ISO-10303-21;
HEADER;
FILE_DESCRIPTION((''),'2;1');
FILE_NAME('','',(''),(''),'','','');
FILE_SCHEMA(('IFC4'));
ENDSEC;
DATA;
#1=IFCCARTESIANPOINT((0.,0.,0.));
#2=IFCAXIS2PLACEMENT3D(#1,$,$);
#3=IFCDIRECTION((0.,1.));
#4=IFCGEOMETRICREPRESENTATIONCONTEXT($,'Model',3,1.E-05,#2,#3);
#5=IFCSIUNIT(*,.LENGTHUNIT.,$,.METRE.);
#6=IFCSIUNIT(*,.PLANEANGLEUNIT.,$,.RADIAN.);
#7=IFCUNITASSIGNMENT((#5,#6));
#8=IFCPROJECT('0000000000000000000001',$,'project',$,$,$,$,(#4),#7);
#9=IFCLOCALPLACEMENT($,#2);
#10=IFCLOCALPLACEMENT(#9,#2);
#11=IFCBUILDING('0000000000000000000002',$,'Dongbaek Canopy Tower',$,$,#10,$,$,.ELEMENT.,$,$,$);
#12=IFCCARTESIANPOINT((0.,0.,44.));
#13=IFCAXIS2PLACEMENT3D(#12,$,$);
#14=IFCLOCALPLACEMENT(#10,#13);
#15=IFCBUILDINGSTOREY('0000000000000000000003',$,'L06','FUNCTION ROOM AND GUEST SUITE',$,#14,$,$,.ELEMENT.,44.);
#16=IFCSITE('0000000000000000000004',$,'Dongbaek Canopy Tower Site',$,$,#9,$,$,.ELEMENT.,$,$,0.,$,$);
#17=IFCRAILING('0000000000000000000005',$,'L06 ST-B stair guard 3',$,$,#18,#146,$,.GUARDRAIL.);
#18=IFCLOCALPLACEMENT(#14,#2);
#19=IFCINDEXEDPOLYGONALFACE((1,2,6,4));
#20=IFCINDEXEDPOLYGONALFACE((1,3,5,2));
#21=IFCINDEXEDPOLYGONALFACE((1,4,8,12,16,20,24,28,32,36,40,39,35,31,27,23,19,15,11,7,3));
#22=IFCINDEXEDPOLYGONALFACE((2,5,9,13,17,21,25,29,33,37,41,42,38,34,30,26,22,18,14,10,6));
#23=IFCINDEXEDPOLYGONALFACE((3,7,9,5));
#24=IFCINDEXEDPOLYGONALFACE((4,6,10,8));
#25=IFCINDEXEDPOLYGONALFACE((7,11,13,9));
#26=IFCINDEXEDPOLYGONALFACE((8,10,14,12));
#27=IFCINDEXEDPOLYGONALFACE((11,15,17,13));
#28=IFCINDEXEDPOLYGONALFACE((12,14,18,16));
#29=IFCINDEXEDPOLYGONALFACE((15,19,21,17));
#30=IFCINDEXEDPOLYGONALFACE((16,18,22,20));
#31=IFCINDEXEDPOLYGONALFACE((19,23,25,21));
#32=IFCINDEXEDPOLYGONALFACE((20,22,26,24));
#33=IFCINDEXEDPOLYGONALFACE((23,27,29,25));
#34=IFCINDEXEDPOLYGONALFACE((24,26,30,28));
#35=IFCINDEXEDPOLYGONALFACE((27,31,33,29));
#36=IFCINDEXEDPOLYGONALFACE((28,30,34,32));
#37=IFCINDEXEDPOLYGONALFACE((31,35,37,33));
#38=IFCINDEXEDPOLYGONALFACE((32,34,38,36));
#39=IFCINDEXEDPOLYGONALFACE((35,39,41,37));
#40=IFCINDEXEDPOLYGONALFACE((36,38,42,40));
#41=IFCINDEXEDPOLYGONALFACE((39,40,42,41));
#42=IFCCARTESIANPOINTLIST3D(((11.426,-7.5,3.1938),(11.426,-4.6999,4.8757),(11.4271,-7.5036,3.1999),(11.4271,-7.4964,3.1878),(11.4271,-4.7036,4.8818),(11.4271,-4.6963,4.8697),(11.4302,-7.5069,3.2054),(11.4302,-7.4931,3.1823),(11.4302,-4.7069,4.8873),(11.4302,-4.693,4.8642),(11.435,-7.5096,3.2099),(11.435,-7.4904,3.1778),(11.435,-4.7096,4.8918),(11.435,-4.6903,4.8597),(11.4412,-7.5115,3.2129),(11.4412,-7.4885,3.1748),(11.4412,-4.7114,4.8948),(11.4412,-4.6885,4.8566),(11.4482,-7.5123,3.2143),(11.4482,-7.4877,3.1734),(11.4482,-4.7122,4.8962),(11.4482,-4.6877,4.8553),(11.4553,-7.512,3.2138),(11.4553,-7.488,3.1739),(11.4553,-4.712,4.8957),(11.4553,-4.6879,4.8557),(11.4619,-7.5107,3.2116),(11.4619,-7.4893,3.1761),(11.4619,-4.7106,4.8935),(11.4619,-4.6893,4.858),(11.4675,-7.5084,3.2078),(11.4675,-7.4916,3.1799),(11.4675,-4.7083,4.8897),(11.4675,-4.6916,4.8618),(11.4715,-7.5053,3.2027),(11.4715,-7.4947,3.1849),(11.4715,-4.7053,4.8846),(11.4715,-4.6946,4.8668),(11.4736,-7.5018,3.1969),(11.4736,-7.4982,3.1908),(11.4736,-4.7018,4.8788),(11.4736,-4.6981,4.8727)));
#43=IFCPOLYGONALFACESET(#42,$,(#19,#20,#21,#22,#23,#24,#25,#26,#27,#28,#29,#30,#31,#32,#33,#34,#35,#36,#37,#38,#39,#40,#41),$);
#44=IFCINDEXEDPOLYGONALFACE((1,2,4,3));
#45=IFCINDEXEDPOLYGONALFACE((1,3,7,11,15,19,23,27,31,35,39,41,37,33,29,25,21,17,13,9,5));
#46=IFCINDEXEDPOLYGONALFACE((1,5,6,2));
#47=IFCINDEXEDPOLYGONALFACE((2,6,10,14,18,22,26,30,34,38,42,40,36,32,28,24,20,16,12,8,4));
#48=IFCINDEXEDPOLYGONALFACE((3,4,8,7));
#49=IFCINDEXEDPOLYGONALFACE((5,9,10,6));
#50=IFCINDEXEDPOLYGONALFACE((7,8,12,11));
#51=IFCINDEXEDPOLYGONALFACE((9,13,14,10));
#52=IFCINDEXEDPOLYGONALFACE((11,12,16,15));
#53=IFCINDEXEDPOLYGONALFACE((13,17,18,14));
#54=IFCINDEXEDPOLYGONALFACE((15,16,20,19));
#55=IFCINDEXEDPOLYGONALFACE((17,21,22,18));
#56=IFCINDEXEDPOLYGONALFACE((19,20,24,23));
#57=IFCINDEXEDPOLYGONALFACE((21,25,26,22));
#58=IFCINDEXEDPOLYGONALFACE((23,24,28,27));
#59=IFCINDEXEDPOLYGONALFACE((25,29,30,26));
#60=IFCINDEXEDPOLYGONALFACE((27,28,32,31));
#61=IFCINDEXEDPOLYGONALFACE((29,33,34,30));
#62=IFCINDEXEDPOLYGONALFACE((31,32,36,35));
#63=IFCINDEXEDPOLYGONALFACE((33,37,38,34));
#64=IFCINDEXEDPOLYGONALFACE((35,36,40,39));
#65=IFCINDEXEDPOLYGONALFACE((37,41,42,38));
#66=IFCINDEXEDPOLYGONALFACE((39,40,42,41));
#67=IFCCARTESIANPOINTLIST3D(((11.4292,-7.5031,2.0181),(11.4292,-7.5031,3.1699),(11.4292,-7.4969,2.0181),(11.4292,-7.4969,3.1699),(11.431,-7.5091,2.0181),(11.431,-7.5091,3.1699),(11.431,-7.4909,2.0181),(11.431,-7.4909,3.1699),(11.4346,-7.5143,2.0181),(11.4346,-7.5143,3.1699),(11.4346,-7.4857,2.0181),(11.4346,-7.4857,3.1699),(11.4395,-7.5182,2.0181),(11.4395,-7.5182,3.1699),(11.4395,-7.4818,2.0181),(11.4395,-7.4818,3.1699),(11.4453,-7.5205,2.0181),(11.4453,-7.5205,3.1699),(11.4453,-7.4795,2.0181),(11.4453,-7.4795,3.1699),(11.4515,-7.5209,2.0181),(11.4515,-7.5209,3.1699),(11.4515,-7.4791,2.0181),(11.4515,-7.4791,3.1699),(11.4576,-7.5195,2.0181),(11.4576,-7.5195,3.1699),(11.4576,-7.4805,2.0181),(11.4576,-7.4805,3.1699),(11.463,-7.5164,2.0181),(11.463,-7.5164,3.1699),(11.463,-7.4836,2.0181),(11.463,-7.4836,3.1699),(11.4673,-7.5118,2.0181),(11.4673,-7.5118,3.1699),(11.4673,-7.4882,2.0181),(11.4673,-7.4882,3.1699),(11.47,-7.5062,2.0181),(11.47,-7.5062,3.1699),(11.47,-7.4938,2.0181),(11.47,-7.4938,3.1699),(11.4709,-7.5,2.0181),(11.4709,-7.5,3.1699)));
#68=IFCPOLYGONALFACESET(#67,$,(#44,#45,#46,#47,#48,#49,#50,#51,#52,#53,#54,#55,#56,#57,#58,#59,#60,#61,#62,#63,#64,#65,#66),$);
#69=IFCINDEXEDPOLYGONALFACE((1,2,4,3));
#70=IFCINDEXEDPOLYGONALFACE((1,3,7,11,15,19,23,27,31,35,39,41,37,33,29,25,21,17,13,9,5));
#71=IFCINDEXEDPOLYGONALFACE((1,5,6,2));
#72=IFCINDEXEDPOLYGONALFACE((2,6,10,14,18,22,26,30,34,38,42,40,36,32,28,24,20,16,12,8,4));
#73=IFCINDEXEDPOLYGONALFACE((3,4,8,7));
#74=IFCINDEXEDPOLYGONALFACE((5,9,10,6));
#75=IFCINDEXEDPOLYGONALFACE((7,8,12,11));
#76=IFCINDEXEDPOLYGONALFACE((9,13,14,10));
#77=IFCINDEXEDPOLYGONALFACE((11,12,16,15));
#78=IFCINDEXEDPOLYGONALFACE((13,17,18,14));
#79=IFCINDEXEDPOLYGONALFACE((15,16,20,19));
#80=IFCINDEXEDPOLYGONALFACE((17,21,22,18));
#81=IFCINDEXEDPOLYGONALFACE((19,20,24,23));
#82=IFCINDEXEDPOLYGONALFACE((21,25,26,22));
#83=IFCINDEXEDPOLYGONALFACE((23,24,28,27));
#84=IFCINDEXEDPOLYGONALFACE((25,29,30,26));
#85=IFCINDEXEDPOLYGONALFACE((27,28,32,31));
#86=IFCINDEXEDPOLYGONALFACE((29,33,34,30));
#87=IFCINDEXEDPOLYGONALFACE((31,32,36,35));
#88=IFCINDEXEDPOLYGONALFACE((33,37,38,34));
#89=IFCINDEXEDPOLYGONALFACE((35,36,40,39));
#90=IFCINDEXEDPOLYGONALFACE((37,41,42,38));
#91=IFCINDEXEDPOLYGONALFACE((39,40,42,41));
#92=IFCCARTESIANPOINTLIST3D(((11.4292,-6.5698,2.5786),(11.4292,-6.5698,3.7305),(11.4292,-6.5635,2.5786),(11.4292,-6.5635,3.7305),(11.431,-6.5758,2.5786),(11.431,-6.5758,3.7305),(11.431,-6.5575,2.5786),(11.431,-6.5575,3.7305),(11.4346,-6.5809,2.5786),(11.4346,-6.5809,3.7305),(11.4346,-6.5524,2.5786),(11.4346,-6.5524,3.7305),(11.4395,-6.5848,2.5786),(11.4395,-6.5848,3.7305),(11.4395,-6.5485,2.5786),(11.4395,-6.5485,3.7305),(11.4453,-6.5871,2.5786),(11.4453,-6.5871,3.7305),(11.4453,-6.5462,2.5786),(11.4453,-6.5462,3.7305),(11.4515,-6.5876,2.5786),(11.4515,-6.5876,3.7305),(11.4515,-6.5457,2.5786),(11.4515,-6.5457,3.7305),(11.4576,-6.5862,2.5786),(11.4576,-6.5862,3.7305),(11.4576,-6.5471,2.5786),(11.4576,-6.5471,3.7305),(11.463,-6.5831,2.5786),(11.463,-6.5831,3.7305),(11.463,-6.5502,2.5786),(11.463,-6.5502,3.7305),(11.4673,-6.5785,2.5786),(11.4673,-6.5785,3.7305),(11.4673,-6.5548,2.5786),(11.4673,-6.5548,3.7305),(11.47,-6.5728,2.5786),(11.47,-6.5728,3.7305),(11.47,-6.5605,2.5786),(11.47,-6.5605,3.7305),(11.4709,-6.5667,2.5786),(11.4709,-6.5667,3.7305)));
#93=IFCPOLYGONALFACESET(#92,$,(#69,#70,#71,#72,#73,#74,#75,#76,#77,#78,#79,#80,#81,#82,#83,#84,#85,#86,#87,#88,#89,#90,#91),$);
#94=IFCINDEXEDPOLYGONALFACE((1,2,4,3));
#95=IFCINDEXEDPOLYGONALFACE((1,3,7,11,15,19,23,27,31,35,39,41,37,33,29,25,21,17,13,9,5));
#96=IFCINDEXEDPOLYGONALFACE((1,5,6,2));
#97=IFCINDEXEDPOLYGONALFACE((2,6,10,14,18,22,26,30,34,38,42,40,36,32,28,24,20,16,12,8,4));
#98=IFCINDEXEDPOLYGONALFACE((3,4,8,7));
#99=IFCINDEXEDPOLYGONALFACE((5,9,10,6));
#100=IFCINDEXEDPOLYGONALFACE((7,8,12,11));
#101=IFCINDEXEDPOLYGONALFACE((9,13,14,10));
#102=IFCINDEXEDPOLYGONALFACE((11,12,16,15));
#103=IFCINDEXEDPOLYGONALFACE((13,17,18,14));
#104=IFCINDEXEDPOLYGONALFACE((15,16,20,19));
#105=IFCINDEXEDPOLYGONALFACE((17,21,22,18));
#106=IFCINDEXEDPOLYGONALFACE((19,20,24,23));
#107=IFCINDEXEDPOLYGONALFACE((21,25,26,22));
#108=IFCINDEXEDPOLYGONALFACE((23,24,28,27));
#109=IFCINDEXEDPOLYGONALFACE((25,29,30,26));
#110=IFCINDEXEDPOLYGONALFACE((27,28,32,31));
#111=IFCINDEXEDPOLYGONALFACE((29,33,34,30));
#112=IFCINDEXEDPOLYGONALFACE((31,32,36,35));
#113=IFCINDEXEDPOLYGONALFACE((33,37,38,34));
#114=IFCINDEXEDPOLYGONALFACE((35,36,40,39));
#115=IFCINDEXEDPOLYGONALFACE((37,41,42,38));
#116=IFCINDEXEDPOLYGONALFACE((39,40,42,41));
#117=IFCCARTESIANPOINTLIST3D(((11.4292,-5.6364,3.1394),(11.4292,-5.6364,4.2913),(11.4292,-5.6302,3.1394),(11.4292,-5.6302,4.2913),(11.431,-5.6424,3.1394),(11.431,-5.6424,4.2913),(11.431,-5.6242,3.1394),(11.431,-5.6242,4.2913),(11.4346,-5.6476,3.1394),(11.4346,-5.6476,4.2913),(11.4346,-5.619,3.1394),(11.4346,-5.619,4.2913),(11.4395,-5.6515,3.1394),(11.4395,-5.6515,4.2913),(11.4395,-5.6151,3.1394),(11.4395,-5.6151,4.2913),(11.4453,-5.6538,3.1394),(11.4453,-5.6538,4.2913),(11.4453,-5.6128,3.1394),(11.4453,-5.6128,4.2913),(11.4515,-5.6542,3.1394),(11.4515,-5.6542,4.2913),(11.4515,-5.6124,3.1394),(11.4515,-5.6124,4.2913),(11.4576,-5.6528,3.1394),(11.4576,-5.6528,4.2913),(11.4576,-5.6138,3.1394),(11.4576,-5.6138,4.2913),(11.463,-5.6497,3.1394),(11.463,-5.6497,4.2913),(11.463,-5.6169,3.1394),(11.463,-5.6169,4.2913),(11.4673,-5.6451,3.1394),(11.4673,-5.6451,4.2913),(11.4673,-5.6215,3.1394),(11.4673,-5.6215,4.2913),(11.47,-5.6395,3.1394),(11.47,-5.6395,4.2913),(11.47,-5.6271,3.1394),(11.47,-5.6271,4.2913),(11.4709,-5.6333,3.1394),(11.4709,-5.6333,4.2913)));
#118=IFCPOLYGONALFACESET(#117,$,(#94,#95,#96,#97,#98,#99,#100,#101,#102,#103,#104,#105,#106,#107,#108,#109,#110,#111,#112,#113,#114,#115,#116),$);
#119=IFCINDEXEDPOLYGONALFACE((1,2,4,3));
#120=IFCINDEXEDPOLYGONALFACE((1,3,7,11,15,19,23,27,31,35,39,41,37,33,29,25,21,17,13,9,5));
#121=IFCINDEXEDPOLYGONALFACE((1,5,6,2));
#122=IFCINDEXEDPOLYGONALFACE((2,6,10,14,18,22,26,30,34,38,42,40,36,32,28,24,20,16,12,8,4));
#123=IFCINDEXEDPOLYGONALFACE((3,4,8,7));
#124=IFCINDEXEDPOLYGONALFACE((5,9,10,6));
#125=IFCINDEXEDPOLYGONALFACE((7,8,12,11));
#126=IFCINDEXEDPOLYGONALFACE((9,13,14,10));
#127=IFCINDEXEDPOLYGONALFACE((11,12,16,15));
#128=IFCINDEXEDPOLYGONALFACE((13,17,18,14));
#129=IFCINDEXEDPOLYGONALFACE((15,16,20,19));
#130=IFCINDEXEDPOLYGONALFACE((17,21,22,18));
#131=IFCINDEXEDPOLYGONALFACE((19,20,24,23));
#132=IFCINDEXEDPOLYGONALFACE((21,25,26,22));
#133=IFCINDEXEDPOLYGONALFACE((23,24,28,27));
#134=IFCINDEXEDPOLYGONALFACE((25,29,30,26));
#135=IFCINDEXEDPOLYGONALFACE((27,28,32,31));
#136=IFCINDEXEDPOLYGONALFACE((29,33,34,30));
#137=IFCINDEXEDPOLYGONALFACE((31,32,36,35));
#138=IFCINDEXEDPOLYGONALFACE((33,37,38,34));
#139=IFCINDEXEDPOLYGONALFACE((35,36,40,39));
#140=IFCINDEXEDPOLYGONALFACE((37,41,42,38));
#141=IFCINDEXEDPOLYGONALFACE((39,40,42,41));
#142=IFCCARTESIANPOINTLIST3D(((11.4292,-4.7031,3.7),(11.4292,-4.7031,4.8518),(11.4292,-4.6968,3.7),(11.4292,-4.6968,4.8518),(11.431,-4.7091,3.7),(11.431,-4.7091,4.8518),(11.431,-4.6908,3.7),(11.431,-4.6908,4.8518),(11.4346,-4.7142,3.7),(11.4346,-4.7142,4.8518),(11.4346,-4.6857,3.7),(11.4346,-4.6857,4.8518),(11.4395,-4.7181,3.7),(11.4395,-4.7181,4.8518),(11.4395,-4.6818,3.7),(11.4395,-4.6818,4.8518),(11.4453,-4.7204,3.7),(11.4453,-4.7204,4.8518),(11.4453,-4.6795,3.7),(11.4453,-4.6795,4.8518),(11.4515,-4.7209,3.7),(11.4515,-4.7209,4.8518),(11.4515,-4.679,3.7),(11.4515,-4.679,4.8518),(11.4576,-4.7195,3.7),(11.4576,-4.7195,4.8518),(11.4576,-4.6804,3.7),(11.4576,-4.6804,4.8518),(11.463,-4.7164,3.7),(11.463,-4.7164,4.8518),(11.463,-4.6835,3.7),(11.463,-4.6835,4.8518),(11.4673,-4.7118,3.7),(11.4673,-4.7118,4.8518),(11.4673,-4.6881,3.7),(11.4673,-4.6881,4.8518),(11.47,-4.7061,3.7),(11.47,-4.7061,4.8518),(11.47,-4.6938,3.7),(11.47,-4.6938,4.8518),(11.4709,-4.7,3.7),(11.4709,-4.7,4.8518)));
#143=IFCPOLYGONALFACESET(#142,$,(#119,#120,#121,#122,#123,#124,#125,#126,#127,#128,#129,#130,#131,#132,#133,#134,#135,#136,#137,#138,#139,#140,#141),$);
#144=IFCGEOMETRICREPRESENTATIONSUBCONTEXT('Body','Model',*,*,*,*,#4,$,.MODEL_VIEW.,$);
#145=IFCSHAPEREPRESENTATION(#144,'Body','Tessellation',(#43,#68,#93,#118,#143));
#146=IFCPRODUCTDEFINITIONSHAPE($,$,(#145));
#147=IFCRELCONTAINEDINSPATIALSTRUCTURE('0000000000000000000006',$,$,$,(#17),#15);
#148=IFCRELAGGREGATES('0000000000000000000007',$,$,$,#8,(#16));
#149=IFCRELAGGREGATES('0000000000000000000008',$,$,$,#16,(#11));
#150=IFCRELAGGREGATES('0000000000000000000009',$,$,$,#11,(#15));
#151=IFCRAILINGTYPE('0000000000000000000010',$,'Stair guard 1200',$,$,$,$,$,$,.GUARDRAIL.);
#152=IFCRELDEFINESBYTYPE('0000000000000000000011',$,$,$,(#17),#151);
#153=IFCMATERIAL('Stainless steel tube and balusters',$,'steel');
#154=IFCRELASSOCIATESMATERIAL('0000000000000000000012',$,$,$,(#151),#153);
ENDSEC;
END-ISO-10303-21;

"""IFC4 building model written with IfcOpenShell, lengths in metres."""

from ifc_helpers import new_model, si_unit, direction, frame, origin, origin_2d, place, context, subcontext, project, spatial, circle, extrude, material, type_object, element, save


model = new_model("IFC4")

# Units and contexts
model_context = context("Model", 3, precision=1e-05, world=origin(), true_north=direction((0.0, 1.0)))
body_context = subcontext(model_context, "Body", "Model", "MODEL_VIEW")
ifc_project = project(units=[si_unit("LENGTHUNIT", "METRE"), si_unit("PLANEANGLEUNIT", "RADIAN")], contexts=[model_context])

# Site, building, storey
site_placement = place(None, origin())
site = spatial("IfcSite", under=ifc_project, at=site_placement, Name="Dongbaek Canopy Tower Site", CompositionType="ELEMENT", RefElevation=0.0)
building_placement = place(site_placement, origin())
building = spatial("IfcBuilding", under=site, at=building_placement, Name="Dongbaek Canopy Tower", CompositionType="ELEMENT")
storey_placement = place(building_placement, frame((0.0, 0.0, 44.0)))
storey = spatial("IfcBuildingStorey", under=building, at=storey_placement, Name="L06", Description="FUNCTION ROOM AND GUEST SUITE", CompositionType="ELEMENT", Elevation=44.0)

# Railing
ifc_material_1 = material(Name="Stainless steel tube and balusters", Category="steel")
railing_type_1 = type_object("IfcRailingType", Name="Stair guard 1200", PredefinedType="GUARDRAIL", material=ifc_material_1)
railing_1_placement = place(storey_placement, frame((11.45, -7.5, 2.0181)))
element("IfcRailing", 1, at=railing_1_placement, inside=storey, type_object=railing_type_1, Name="L06 ST-B stair guard 3", PredefinedType="GUARDRAIL", context=body_context, shape_type="SweptSolid", body=[
    extrude(circle(Radius=0.0239, at=origin_2d()), frame((0.0, 0.0, 1.1758), z_axis=(0.0, 0.857242, 0.514913), x_axis=(-1.0, 0.0, 0.0)), (0.0, 0.0, 1.0), 3.2664),
    extrude(circle(Radius=0.021, at=origin_2d()), origin(), (0.0, 0.0, 1.0), 1.1519),
    extrude(circle(Radius=0.021, at=origin_2d()), frame((0.0, 0.9333, 0.5605)), (0.0, 0.0, 1.0), 1.1519),
    extrude(circle(Radius=0.021, at=origin_2d()), frame((0.0, 1.8667, 1.1213)), (0.0, 0.0, 1.0), 1.1519),
    extrude(circle(Radius=0.021, at=origin_2d()), frame((0.0, 2.8, 1.6819)), (0.0, 0.0, 1.0), 1.1519),
])

save(model, "model.ifc")
